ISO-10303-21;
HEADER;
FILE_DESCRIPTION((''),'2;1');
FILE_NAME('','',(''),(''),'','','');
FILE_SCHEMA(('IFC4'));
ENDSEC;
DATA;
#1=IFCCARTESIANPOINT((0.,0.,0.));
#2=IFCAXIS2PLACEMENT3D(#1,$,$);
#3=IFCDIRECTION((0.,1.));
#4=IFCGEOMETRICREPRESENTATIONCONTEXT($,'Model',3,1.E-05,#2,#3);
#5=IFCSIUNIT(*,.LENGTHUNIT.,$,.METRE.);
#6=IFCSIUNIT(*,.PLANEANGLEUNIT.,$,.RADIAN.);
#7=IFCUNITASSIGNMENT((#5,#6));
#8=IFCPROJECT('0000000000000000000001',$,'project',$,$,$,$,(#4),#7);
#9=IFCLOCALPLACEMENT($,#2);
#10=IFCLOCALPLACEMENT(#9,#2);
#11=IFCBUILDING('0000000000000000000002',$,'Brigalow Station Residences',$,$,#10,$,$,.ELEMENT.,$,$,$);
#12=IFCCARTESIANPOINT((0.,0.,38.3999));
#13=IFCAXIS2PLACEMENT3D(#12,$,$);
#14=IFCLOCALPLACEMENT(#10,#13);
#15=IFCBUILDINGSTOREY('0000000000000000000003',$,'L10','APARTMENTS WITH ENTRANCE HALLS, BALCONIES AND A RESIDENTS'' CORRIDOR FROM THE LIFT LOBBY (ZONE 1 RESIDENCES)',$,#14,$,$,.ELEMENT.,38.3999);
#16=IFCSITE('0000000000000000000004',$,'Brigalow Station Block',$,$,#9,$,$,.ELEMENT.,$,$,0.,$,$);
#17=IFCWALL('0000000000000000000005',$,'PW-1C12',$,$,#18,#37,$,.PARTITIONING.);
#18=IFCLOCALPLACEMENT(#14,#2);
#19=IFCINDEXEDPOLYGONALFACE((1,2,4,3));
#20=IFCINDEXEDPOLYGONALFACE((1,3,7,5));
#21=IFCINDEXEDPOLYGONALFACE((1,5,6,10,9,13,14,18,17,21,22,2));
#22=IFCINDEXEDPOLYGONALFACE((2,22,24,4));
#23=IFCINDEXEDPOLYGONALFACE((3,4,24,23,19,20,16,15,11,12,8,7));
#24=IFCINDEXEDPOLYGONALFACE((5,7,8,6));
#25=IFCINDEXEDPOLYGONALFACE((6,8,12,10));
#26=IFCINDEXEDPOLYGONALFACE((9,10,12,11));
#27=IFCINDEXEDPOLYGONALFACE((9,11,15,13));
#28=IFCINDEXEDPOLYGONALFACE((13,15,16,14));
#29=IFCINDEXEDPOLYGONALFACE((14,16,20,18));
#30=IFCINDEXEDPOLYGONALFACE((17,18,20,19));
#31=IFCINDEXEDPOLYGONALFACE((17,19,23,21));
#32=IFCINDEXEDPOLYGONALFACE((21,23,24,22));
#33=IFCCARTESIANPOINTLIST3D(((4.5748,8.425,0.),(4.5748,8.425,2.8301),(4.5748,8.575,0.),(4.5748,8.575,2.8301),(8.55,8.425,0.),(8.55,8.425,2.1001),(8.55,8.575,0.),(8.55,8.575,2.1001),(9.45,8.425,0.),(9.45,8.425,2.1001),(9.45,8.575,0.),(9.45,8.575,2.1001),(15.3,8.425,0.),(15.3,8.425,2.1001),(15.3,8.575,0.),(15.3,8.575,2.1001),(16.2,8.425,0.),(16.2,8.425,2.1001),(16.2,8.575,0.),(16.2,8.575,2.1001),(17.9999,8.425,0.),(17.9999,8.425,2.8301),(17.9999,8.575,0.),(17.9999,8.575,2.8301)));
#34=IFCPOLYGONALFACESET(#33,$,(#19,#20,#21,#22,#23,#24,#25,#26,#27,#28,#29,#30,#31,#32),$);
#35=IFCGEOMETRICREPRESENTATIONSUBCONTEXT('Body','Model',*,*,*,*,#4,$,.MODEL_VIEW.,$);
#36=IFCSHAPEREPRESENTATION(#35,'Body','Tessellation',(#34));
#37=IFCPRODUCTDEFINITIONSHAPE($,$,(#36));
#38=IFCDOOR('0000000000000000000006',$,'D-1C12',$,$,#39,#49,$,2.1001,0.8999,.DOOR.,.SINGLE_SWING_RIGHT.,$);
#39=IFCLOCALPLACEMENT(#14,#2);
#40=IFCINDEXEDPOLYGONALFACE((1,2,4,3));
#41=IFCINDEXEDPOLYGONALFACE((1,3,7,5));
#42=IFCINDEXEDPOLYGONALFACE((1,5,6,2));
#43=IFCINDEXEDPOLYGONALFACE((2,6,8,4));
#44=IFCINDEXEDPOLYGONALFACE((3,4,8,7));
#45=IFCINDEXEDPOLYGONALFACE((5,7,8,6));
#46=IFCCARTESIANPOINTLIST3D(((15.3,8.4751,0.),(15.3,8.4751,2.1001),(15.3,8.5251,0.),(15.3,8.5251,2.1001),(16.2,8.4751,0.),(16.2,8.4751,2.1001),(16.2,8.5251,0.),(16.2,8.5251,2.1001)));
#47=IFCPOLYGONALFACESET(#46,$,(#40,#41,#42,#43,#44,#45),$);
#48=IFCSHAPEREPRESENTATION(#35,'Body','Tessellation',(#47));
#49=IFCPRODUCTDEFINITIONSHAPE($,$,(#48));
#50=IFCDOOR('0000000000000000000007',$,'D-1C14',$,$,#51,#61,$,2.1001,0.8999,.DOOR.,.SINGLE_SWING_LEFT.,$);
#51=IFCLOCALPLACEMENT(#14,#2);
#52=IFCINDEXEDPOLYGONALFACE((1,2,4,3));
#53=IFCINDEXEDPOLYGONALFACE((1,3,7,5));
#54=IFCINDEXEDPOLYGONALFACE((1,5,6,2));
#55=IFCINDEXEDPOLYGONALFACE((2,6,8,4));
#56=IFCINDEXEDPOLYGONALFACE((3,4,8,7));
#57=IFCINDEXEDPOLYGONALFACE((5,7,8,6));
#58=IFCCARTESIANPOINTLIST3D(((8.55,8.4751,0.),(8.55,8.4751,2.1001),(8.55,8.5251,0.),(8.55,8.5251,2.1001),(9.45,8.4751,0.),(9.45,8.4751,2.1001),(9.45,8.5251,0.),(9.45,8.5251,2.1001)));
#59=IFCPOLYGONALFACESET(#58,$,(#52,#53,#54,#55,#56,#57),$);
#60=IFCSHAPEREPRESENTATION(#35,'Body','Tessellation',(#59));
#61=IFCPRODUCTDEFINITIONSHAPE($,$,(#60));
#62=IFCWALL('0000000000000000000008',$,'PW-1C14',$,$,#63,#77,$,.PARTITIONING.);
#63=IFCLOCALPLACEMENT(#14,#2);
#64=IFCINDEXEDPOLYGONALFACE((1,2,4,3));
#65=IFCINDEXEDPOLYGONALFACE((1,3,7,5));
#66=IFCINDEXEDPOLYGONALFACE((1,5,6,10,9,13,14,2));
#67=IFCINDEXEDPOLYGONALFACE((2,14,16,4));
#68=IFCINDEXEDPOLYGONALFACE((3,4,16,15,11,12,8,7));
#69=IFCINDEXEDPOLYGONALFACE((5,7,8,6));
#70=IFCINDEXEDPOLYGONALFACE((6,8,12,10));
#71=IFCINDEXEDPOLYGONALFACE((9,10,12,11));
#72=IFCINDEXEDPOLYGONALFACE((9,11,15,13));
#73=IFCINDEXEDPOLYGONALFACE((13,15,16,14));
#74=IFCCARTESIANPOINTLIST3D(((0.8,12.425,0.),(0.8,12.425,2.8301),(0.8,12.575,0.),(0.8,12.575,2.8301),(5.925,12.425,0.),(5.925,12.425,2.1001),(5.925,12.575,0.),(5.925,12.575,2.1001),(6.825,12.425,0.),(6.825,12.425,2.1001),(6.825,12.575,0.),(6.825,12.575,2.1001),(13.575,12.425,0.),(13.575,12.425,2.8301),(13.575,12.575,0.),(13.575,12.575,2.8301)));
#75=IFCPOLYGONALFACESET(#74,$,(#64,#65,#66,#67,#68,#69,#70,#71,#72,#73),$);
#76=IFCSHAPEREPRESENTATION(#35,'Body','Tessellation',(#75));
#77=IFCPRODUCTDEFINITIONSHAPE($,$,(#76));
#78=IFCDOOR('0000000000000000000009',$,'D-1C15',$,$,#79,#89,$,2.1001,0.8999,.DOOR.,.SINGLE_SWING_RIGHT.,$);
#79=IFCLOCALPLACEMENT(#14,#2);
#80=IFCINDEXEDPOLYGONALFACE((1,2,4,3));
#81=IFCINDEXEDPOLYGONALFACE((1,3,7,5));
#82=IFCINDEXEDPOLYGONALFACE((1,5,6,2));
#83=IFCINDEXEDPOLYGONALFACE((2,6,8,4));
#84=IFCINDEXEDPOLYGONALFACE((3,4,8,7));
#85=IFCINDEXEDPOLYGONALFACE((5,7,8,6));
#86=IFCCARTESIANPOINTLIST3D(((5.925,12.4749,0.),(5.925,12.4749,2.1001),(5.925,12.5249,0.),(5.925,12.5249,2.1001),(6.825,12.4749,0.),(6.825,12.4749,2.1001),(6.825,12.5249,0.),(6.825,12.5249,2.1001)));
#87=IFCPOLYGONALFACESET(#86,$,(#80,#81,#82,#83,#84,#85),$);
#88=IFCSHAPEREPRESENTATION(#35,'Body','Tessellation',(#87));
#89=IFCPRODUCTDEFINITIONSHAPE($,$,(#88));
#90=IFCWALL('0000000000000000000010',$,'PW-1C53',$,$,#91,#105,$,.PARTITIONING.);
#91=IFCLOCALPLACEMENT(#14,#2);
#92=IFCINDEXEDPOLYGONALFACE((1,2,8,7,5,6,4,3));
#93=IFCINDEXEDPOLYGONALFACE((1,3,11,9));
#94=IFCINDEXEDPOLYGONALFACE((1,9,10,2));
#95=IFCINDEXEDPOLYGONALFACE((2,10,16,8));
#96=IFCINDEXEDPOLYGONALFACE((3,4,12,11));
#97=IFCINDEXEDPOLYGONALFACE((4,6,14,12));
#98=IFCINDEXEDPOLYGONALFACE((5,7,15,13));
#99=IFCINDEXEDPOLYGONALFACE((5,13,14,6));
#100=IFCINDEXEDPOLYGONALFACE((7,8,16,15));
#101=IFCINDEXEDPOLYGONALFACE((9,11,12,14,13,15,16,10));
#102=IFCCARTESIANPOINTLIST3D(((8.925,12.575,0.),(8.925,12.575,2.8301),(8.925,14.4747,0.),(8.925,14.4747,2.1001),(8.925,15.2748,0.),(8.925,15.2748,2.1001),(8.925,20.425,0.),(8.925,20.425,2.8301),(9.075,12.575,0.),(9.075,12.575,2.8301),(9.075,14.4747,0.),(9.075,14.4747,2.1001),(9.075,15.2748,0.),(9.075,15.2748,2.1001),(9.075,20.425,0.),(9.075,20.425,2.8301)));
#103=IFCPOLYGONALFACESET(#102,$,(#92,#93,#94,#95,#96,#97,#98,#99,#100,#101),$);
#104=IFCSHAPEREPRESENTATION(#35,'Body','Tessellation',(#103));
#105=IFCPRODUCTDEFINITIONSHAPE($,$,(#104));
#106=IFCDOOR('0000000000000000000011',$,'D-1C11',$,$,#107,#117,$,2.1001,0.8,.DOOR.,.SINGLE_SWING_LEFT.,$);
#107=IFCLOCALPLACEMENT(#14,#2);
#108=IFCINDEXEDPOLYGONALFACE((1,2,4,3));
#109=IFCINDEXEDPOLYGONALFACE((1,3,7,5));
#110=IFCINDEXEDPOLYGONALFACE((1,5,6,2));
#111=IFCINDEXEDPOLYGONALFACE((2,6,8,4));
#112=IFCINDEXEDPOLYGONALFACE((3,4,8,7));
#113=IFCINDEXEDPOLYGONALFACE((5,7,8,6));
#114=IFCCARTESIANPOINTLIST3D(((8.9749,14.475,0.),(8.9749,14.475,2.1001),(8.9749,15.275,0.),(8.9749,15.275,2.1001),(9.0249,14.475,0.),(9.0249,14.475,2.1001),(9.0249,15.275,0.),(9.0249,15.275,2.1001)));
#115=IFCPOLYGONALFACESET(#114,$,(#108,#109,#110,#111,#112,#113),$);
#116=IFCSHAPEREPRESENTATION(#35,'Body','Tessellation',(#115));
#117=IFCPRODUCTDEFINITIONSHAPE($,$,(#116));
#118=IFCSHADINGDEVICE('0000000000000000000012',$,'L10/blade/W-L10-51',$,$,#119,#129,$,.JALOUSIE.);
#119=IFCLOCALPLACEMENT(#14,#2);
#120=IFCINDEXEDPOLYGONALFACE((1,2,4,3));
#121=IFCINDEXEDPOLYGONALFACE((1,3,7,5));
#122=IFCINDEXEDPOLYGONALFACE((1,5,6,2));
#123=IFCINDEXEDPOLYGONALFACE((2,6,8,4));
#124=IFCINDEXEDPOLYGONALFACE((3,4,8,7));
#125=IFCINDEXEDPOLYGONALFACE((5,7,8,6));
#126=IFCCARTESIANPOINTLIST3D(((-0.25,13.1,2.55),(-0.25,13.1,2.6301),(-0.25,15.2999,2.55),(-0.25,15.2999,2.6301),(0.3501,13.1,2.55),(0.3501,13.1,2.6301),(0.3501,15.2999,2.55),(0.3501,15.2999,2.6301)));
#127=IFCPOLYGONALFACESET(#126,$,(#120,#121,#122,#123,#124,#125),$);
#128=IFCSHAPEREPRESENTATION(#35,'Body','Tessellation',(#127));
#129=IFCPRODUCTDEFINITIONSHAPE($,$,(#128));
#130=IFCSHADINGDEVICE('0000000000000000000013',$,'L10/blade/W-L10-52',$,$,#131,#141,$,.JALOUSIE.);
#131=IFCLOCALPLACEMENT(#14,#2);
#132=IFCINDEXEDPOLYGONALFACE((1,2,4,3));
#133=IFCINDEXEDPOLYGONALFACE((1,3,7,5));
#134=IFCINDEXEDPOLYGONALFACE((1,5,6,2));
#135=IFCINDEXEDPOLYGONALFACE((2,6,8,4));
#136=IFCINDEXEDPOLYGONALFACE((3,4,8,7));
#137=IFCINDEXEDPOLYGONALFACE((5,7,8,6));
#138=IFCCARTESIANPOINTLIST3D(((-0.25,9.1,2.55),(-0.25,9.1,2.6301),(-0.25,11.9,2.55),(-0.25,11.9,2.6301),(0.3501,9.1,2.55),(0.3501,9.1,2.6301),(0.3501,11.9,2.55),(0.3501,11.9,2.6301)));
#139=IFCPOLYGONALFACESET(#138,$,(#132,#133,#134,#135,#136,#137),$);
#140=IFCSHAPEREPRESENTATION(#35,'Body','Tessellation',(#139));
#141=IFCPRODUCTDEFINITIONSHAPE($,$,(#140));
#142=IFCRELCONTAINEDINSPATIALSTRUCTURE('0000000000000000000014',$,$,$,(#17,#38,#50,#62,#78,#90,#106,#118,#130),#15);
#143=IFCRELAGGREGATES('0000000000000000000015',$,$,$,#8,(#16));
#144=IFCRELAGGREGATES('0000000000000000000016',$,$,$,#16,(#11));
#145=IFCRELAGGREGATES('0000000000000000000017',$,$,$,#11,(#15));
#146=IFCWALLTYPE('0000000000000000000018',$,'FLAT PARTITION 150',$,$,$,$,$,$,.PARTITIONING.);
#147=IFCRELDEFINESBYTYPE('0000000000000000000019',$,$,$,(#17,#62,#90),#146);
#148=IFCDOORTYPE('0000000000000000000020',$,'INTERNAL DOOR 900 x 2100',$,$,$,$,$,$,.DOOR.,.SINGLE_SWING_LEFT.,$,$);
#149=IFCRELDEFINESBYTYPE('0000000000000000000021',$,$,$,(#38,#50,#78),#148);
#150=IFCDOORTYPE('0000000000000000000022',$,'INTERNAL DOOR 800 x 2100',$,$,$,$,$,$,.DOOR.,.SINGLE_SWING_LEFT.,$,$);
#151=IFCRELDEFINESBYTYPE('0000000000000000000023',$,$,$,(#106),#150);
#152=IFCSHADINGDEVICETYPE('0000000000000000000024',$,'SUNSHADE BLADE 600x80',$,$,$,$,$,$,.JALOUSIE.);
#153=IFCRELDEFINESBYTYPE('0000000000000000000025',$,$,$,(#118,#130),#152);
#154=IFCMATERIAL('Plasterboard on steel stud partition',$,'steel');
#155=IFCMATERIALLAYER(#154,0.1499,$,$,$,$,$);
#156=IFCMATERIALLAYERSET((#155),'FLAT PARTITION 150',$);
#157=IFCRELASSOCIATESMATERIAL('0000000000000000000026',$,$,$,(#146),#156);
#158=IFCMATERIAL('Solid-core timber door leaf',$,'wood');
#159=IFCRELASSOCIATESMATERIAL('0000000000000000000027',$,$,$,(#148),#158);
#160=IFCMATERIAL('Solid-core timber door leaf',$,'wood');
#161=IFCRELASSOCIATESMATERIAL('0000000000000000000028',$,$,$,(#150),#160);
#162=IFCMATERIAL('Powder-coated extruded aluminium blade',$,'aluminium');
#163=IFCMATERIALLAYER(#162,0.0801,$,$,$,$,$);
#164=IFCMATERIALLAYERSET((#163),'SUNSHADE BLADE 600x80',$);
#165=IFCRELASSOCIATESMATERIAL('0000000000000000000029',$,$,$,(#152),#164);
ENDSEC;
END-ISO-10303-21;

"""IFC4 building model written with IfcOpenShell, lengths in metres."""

from ifc_helpers import new_model, si_unit, direction, frame, frame_2d, origin, origin_2d, place, context, subcontext, project, spatial, rectangle, extrude, material, layer, layer_set, type_object, element, fill, save


model = new_model("IFC4")

# Units and contexts
model_context = context("Model", 3, precision=1e-05, world=origin(), true_north=direction((0.0, 1.0)))
body_context = subcontext(model_context, "Body", "Model", "MODEL_VIEW")
ifc_project = project(units=[si_unit("LENGTHUNIT", "METRE"), si_unit("PLANEANGLEUNIT", "RADIAN")], contexts=[model_context])

# Site, building, storey
site_placement = place(None, origin())
site = spatial("IfcSite", under=ifc_project, at=site_placement, Name="Brigalow Station Block", CompositionType="ELEMENT", RefElevation=0.0)
building_placement = place(site_placement, origin())
building = spatial("IfcBuilding", under=site, at=building_placement, Name="Brigalow Station Residences", CompositionType="ELEMENT")
storey_placement = place(building_placement, frame((0.0, 0.0, 38.3999)))
storey = spatial("IfcBuildingStorey", under=building, at=storey_placement, Name="L10", Description="APARTMENTS WITH ENTRANCE HALLS, BALCONIES AND A RESIDENTS' CORRIDOR FROM THE LIFT LOBBY (ZONE 1 RESIDENCES)", CompositionType="ELEMENT", Elevation=38.3999)

# Wall, openings, doors
ifc_material_1 = material(Name="Plasterboard on steel stud partition", Category="steel")
ifc_layer_1 = layer(ifc_material_1, 0.1499)
ifc_layer_set_1 = layer_set([ifc_layer_1], Name="FLAT PARTITION 150")
wall_type_1 = type_object("IfcWallType", Name="FLAT PARTITION 150", PredefinedType="PARTITIONING", material=ifc_layer_set_1)
wall_1_placement = place(storey_placement, frame((4.575, 8.5, 0.0), z_axis=(0.0, 0.0, 1.0), x_axis=(1.0, 0.0, 0.0)))
wall_1 = element("IfcWall", 1, at=wall_1_placement, inside=storey, type_object=wall_type_1, Name="PW-1C12", PredefinedType="PARTITIONING", context=body_context, shape_type="SweptSolid", body=[
    extrude(rectangle(XDim=13.425, YDim=0.1499, at=frame_2d((6.7124, 0.0))), origin(), (0.0, 0.0, 1.0), 2.8301),
])
opening_1_placement = place(wall_1_placement, frame((10.7251, 0.0, 0.0)))
opening_1 = element("IfcOpeningElement", 2, at=opening_1_placement, cuts=wall_1, PredefinedType="OPENING", context=body_context, shape_type="SweptSolid", body=[
    extrude(rectangle(XDim=0.8999, YDim=2.1001, at=frame_2d((0.45, 1.05))), frame((0.0, 0.085, 0.0), z_axis=(0.0, -1.0, 0.0), x_axis=(1.0, 0.0, 0.0)), (0.0, 0.0, 1.0), 0.1699),
])
opening_2_placement = place(wall_1_placement, frame((3.9751, 0.0, 0.0)))
opening_2 = element("IfcOpeningElement", 3, at=opening_2_placement, cuts=wall_1, PredefinedType="OPENING", context=body_context, shape_type="SweptSolid", body=[
    extrude(rectangle(XDim=0.8999, YDim=2.1001, at=frame_2d((0.45, 1.05))), frame((0.0, 0.085, 0.0), z_axis=(0.0, -1.0, 0.0), x_axis=(1.0, 0.0, 0.0)), (0.0, 0.0, 1.0), 0.1699),
])
ifc_material_2 = material(Name="Solid-core timber door leaf", Category="wood")
door_type_1 = type_object("IfcDoorType", Name="INTERNAL DOOR 900 x 2100", OperationType="SINGLE_SWING_LEFT", PredefinedType="DOOR", material=ifc_material_2)
door_1_placement = place(opening_1_placement, frame((0.8999, 0.0, 0.0), z_axis=(0.0, 0.0, 1.0), x_axis=(-1.0, 0.0, 0.0)))
door_1 = element("IfcDoor", 4, at=door_1_placement, inside=storey, type_object=door_type_1, Name="D-1C12", OperationType="SINGLE_SWING_RIGHT", OverallHeight=2.1001, OverallWidth=0.8999, PredefinedType="DOOR", context=body_context, shape_type="SweptSolid", body=[
    extrude(rectangle(XDim=0.8999, YDim=2.1001, at=frame_2d((0.45, 1.05))), frame((0.0, 0.0249, 0.0), z_axis=(0.0, -1.0, 0.0), x_axis=(1.0, 0.0, 0.0)), (0.0, 0.0, 1.0), 0.05),
])
fill(opening_1, door_1)
door_2_placement = place(opening_2_placement, frame((0.8999, 0.0, 0.0), z_axis=(0.0, 0.0, 1.0), x_axis=(-1.0, 0.0, 0.0)))
door_2 = element("IfcDoor", 5, at=door_2_placement, inside=storey, type_object=door_type_1, Name="D-1C14", OperationType="SINGLE_SWING_LEFT", OverallHeight=2.1001, OverallWidth=0.8999, PredefinedType="DOOR", context=body_context, shape_type="SweptSolid", body=[
    extrude(rectangle(XDim=0.8999, YDim=2.1001, at=frame_2d((0.45, 1.05))), frame((0.0, 0.0249, 0.0), z_axis=(0.0, -1.0, 0.0), x_axis=(1.0, 0.0, 0.0)), (0.0, 0.0, 1.0), 0.05),
])
fill(opening_2, door_2)

# Walls, openings, doors
wall_2_placement = place(storey_placement, frame((0.8, 12.5, 0.0), z_axis=(0.0, 0.0, 1.0), x_axis=(1.0, 0.0, 0.0)))
wall_2 = element("IfcWall", 6, at=wall_2_placement, inside=storey, type_object=wall_type_1, Name="PW-1C14", PredefinedType="PARTITIONING", context=body_context, shape_type="SweptSolid", body=[
    extrude(rectangle(XDim=12.7749, YDim=0.1499, at=frame_2d((6.3875, 0.0))), origin(), (0.0, 0.0, 1.0), 2.8301),
])
opening_3_placement = place(wall_2_placement, frame((5.125, 0.0, 0.0)))
opening_3 = element("IfcOpeningElement", 7, at=opening_3_placement, cuts=wall_2, PredefinedType="OPENING", context=body_context, shape_type="SweptSolid", body=[
    extrude(rectangle(XDim=0.8999, YDim=2.1001, at=frame_2d((0.45, 1.05))), frame((0.0, 0.085, 0.0), z_axis=(0.0, -1.0, 0.0), x_axis=(1.0, 0.0, 0.0)), (0.0, 0.0, 1.0), 0.1699),
])
door_3_placement = place(opening_3_placement, origin())
door_3 = element("IfcDoor", 8, at=door_3_placement, inside=storey, type_object=door_type_1, Name="D-1C15", OperationType="SINGLE_SWING_RIGHT", OverallHeight=2.1001, OverallWidth=0.8999, PredefinedType="DOOR", context=body_context, shape_type="SweptSolid", body=[
    extrude(rectangle(XDim=0.8999, YDim=2.1001, at=frame_2d((0.45, 1.05))), frame((0.0, 0.0249, 0.0), z_axis=(0.0, -1.0, 0.0), x_axis=(1.0, 0.0, 0.0)), (0.0, 0.0, 1.0), 0.05),
])
fill(opening_3, door_3)
wall_3_placement = place(storey_placement, frame((9.0, 12.575, 0.0), z_axis=(0.0, 0.0, 1.0), x_axis=(0.0, 1.0, 0.0)))
wall_3 = element("IfcWall", 9, at=wall_3_placement, inside=storey, type_object=wall_type_1, Name="PW-1C53", PredefinedType="PARTITIONING", context=body_context, shape_type="SweptSolid", body=[
    extrude(rectangle(XDim=7.8501, YDim=0.1499, at=frame_2d((3.925, 0.0))), origin(), (0.0, 0.0, 1.0), 2.8301),
])
opening_4_placement = place(wall_3_placement, frame((1.8999, 0.0, 0.0)))
opening_4 = element("IfcOpeningElement", 10, at=opening_4_placement, cuts=wall_3, PredefinedType="OPENING", context=body_context, shape_type="SweptSolid", body=[
    extrude(rectangle(XDim=0.8, YDim=2.1001, at=frame_2d((0.3999, 1.05))), frame((0.0, 0.085, 0.0), z_axis=(0.0, -1.0, 0.0), x_axis=(1.0, 0.0, 0.0)), (0.0, 0.0, 1.0), 0.1699),
])
ifc_material_3 = material(Name="Solid-core timber door leaf", Category="wood")
door_type_2 = type_object("IfcDoorType", Name="INTERNAL DOOR 800 x 2100", OperationType="SINGLE_SWING_LEFT", PredefinedType="DOOR", material=ifc_material_3)
door_4_placement = place(opening_4_placement, frame((0.8, 0.0, 0.0), z_axis=(0.0, 0.0, 1.0), x_axis=(-1.0, 0.0, 0.0)))
door_4 = element("IfcDoor", 11, at=door_4_placement, inside=storey, type_object=door_type_2, Name="D-1C11", OperationType="SINGLE_SWING_LEFT", OverallHeight=2.1001, OverallWidth=0.8, PredefinedType="DOOR", context=body_context, shape_type="SweptSolid", body=[
    extrude(rectangle(XDim=0.8, YDim=2.1001, at=frame_2d((0.3999, 1.05))), frame((0.0, 0.0249, 0.0), z_axis=(0.0, -1.0, 0.0), x_axis=(1.0, 0.0, 0.0)), (0.0, 0.0, 1.0), 0.05),
])
fill(opening_4, door_4)

# Shading devices
ifc_material_4 = material(Name="Powder-coated extruded aluminium blade", Category="aluminium")
ifc_layer_2 = layer(ifc_material_4, 0.0801)
ifc_layer_set_2 = layer_set([ifc_layer_2], Name="SUNSHADE BLADE 600x80")
shading_device_type = type_object("IfcShadingDeviceType", Name="SUNSHADE BLADE 600x80", PredefinedType="JALOUSIE", material=ifc_layer_set_2)
shading_device_1_placement = place(storey_placement, frame((0.05, 14.2, 2.55), z_axis=(0.0, 0.0, 1.0), x_axis=(0.0, -1.0, 0.0)))
element("IfcShadingDevice", 12, at=shading_device_1_placement, inside=storey, type_object=shading_device_type, Name="L10/blade/W-L10-51", PredefinedType="JALOUSIE", context=body_context, shape_type="SweptSolid", body=[
    extrude(rectangle(XDim=2.2, YDim=0.6001, at=origin_2d()), origin(), (0.0, 0.0, 1.0), 0.0801),
])
shading_device_2_placement = place(storey_placement, frame((0.05, 10.5, 2.55), z_axis=(0.0, 0.0, 1.0), x_axis=(0.0, -1.0, 0.0)))
element("IfcShadingDevice", 13, at=shading_device_2_placement, inside=storey, type_object=shading_device_type, Name="L10/blade/W-L10-52", PredefinedType="JALOUSIE", context=body_context, shape_type="SweptSolid", body=[
    extrude(rectangle(XDim=2.8, YDim=0.6001, at=origin_2d()), origin(), (0.0, 0.0, 1.0), 0.0801),
])

save(model, "model.ifc")
